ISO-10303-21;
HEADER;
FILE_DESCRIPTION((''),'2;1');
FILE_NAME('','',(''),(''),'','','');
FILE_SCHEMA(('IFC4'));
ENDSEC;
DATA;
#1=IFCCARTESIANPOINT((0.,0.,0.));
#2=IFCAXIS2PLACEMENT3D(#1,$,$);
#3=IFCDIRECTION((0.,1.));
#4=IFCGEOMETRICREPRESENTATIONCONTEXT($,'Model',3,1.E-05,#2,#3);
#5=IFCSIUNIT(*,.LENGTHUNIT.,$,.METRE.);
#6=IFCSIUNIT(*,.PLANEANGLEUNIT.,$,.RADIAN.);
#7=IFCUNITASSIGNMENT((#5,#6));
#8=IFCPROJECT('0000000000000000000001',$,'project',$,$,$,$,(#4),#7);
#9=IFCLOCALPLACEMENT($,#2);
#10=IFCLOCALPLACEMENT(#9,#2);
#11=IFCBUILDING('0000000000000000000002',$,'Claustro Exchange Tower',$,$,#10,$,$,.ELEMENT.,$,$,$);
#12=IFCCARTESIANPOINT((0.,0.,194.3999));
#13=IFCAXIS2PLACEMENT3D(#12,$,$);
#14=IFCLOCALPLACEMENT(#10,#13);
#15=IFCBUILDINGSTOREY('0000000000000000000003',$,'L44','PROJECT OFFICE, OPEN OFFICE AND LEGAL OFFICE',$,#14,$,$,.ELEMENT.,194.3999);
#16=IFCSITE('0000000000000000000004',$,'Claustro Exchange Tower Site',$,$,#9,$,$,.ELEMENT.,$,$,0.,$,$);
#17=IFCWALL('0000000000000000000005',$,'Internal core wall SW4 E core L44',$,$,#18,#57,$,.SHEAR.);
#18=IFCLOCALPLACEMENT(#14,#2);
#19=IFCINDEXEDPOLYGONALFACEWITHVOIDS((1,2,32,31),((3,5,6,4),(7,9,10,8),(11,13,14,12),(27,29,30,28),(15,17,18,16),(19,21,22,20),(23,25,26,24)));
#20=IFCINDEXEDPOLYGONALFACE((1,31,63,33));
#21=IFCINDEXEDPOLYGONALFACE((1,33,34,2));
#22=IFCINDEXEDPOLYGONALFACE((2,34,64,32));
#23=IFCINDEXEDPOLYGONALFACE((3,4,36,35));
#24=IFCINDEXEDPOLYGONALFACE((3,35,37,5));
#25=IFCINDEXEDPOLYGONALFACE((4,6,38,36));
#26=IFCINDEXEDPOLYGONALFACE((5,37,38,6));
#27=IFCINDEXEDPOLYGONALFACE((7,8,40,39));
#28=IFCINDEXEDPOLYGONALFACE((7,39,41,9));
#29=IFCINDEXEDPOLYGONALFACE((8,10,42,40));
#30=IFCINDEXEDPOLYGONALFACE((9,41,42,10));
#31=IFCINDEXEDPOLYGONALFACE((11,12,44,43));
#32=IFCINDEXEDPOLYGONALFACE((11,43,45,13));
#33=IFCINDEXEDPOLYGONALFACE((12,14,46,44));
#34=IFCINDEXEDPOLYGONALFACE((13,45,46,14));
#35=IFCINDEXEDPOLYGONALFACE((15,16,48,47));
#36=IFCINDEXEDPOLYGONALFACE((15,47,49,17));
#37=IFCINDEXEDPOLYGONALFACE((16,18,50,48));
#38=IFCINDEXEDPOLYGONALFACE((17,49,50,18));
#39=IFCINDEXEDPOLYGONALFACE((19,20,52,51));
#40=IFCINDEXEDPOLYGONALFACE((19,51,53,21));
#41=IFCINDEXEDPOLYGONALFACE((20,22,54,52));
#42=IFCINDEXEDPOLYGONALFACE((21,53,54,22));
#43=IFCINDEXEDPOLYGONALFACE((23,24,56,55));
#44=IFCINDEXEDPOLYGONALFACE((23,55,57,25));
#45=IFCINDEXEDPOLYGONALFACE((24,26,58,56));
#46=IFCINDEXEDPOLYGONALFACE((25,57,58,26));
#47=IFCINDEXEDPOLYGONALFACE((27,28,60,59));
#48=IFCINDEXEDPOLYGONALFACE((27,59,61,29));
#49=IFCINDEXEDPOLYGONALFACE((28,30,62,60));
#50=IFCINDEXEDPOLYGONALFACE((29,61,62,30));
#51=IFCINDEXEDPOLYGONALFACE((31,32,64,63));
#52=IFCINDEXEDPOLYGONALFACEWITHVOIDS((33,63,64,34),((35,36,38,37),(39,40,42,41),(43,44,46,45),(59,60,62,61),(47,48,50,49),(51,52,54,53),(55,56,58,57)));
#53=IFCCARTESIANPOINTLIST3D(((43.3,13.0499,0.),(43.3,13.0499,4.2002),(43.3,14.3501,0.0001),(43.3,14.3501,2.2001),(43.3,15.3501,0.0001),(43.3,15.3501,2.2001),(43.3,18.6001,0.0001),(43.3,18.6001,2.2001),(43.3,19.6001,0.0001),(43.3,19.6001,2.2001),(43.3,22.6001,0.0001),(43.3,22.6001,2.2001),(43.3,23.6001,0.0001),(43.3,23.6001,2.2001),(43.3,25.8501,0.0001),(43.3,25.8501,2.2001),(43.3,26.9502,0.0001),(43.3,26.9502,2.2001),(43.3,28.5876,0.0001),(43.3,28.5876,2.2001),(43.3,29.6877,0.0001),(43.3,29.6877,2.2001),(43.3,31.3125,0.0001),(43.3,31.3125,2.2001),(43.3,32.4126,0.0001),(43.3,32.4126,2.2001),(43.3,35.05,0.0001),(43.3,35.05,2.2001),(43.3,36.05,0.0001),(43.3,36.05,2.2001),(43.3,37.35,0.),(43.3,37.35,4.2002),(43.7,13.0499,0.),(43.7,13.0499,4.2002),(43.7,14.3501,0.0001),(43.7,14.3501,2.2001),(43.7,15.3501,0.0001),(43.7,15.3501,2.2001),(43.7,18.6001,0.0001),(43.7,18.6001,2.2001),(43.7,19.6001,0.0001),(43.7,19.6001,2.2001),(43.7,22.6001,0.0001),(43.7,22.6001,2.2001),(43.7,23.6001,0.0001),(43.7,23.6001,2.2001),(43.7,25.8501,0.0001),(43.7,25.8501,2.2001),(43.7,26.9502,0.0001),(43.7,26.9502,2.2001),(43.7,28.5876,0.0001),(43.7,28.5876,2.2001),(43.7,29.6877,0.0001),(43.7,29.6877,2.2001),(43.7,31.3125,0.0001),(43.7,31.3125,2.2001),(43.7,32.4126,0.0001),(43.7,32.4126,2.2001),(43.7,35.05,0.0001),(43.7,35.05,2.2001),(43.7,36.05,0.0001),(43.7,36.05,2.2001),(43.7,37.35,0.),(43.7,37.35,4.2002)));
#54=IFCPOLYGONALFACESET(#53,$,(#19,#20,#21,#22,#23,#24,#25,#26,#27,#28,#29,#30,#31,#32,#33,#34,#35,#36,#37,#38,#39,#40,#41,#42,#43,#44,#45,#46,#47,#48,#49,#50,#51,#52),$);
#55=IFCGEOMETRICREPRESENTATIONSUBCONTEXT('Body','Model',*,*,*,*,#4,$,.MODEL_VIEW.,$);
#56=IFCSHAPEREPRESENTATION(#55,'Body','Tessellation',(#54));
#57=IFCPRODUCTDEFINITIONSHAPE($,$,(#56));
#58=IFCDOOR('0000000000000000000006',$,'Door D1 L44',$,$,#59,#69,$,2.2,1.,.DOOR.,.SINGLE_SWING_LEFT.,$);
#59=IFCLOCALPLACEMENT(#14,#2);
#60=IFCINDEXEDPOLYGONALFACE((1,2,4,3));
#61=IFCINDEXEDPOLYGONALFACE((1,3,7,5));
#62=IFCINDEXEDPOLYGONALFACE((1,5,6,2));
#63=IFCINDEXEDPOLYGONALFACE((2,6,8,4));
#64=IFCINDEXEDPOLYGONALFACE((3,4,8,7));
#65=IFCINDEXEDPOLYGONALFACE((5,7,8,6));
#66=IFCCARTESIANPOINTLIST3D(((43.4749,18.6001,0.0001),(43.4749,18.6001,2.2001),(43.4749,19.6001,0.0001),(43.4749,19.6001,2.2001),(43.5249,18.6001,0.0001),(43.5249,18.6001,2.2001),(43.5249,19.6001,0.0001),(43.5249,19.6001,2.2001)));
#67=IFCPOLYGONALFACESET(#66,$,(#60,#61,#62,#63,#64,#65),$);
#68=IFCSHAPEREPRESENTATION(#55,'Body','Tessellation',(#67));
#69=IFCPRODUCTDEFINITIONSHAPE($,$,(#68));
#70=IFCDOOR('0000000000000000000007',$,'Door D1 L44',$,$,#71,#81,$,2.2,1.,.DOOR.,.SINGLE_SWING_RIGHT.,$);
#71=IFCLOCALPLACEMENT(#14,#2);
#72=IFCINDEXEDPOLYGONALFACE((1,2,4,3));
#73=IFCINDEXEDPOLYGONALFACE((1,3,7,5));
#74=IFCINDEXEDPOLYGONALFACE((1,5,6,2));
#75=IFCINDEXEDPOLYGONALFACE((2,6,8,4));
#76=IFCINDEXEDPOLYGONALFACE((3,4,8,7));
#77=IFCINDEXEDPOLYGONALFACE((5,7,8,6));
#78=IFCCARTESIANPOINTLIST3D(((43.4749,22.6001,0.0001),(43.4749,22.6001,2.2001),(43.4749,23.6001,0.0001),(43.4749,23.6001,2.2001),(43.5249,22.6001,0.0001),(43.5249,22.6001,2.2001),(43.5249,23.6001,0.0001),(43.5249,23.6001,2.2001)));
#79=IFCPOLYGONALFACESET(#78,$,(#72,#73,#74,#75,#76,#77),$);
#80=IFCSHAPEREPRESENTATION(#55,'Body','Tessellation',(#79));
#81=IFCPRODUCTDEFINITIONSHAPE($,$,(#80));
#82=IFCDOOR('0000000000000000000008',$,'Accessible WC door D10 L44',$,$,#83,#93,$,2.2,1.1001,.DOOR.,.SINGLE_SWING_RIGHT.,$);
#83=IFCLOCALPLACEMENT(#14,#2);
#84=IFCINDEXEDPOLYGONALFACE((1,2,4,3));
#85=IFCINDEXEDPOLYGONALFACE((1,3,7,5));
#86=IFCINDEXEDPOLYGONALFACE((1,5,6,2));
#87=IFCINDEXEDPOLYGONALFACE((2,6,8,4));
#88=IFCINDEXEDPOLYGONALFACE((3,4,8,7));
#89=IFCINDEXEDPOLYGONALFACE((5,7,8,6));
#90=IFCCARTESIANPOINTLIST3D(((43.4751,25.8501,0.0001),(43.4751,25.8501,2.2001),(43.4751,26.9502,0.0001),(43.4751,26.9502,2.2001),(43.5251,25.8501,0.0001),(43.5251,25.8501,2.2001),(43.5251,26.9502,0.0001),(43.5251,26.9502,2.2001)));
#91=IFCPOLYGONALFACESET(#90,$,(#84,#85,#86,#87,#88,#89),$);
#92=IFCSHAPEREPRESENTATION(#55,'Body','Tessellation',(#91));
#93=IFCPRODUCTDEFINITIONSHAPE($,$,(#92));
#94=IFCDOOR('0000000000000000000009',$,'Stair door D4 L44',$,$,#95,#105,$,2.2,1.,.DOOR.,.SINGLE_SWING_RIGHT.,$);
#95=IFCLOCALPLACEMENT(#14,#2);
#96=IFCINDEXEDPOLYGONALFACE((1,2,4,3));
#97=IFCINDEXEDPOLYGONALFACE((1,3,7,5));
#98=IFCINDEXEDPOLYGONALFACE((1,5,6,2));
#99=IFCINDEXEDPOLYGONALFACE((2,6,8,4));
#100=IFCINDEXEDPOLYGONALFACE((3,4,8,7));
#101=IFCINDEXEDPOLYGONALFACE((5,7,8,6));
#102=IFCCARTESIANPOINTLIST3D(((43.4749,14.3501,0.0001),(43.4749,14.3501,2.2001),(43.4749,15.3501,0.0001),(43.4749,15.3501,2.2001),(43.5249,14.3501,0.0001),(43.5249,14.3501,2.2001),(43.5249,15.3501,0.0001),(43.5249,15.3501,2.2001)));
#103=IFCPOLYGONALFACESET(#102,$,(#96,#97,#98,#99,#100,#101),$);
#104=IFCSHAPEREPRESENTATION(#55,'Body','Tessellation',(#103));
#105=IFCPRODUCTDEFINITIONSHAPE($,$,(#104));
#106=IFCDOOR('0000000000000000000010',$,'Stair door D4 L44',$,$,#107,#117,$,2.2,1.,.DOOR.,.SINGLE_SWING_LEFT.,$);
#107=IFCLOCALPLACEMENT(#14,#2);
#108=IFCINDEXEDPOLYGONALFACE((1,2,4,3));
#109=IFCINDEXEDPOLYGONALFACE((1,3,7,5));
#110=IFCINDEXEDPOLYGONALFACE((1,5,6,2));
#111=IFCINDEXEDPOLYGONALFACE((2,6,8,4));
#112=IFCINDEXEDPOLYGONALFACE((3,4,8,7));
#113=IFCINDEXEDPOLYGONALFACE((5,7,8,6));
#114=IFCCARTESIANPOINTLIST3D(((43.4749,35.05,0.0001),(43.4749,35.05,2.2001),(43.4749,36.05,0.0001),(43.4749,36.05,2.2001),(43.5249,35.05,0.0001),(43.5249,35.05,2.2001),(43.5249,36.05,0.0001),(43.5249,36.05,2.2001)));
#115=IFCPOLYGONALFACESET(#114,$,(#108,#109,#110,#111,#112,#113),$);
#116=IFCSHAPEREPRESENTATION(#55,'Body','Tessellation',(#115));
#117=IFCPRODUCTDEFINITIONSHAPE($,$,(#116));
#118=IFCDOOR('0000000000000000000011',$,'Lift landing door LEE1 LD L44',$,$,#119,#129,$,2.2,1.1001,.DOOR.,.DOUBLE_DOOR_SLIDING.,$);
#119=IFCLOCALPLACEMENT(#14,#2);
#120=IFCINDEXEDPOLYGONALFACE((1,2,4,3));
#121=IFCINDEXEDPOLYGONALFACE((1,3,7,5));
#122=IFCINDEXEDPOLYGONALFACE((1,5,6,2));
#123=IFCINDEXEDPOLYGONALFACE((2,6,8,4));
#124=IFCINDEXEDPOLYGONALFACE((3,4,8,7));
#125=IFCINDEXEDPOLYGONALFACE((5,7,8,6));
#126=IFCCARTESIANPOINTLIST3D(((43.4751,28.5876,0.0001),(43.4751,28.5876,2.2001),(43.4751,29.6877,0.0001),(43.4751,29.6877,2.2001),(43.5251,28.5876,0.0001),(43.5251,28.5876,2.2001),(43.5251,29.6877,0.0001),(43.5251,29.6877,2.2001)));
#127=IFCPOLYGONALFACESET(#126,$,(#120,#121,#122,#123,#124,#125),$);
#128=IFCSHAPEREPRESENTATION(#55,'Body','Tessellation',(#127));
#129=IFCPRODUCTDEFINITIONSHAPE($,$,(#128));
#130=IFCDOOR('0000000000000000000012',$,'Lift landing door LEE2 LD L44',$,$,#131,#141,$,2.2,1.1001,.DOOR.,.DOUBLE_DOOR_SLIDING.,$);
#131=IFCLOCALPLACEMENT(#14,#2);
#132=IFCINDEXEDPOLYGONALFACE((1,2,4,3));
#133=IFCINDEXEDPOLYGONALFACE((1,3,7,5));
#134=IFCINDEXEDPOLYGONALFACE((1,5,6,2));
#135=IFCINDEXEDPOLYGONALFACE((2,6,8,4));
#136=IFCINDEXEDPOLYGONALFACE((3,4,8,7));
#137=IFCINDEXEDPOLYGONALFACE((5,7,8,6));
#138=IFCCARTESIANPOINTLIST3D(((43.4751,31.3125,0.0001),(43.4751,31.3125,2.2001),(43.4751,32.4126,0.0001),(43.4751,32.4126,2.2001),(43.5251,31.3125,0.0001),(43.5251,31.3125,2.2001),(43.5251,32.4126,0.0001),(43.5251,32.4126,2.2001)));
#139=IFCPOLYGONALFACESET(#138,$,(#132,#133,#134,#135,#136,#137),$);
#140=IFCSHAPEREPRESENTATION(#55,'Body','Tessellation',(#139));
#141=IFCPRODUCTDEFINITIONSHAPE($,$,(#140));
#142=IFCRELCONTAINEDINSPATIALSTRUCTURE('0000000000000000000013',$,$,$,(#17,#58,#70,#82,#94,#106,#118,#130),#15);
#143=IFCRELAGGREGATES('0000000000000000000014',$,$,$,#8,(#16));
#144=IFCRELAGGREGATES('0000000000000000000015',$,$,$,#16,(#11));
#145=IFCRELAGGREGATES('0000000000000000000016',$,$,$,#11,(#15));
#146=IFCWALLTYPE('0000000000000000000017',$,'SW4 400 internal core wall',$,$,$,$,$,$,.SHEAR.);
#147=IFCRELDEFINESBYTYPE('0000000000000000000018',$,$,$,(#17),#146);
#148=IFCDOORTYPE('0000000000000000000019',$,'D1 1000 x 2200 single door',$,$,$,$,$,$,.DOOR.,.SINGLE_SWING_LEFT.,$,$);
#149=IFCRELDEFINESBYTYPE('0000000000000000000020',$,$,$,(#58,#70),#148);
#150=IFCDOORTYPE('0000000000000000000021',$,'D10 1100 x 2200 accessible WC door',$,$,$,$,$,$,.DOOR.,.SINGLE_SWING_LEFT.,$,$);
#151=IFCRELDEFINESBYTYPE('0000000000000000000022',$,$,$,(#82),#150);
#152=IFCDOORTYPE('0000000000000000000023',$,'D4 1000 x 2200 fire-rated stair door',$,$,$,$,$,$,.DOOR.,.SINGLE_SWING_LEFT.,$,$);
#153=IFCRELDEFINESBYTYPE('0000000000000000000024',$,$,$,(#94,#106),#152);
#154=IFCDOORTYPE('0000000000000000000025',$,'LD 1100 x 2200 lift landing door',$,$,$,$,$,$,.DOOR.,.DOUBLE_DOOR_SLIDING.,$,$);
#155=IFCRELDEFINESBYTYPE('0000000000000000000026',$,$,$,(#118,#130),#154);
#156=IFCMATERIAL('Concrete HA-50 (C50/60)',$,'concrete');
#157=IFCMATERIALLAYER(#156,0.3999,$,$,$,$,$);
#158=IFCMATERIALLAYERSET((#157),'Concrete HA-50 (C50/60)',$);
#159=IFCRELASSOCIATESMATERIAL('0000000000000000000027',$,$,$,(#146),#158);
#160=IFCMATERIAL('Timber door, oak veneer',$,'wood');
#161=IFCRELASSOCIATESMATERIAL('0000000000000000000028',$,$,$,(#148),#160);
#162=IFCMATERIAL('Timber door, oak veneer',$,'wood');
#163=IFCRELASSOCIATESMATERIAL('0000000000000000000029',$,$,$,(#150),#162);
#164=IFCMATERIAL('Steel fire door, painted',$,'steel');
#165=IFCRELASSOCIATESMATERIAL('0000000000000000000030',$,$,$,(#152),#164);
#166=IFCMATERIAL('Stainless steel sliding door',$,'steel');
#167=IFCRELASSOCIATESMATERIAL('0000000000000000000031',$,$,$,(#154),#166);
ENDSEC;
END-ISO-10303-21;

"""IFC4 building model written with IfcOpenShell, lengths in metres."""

from ifc_helpers import new_model, si_unit, direction, frame, frame_2d, origin, place, context, subcontext, project, spatial, rectangle, extrude, material, layer, layer_set, type_object, element, fill, save


model = new_model("IFC4")

# Units and contexts
model_context = context("Model", 3, precision=1e-05, world=origin(), true_north=direction((0.0, 1.0)))
body_context = subcontext(model_context, "Body", "Model", "MODEL_VIEW")
ifc_project = project(units=[si_unit("LENGTHUNIT", "METRE"), si_unit("PLANEANGLEUNIT", "RADIAN")], contexts=[model_context])

# Site, building, storey
site_placement = place(None, origin())
site = spatial("IfcSite", under=ifc_project, at=site_placement, Name="Claustro Exchange Tower Site", CompositionType="ELEMENT", RefElevation=0.0)
building_placement = place(site_placement, origin())
building = spatial("IfcBuilding", under=site, at=building_placement, Name="Claustro Exchange Tower", CompositionType="ELEMENT")
storey_placement = place(building_placement, frame((0.0, 0.0, 194.3999)))
storey = spatial("IfcBuildingStorey", under=building, at=storey_placement, Name="L44", Description="PROJECT OFFICE, OPEN OFFICE AND LEGAL OFFICE", CompositionType="ELEMENT", Elevation=194.3999)

# Wall, openings, doors
ifc_material_1 = material(Name="Concrete HA-50 (C50/60)", Category="concrete")
ifc_layer_1 = layer(ifc_material_1, 0.3999)
ifc_layer_set_1 = layer_set([ifc_layer_1], Name="Concrete HA-50 (C50/60)")
wall_type_1 = type_object("IfcWallType", Name="SW4 400 internal core wall", PredefinedType="SHEAR", material=ifc_layer_set_1)
wall_1_placement = place(storey_placement, frame((43.5, 13.05, 0.0), z_axis=(0.0, 0.0, 1.0), x_axis=(0.0, 1.0, 0.0)))
wall_1 = element("IfcWall", 1, at=wall_1_placement, inside=storey, type_object=wall_type_1, Name="Internal core wall SW4 E core L44", PredefinedType="SHEAR", context=body_context, shape_type="SweptSolid", body=[
    extrude(rectangle(XDim=24.3, YDim=0.3999, at=frame_2d((12.1499, 0.0))), origin(), (0.0, 0.0, 1.0), 4.2002),
])
opening_1_placement = place(wall_1_placement, frame((1.3, 0.0, 0.0)))
opening_1 = element("IfcOpeningElement", 2, at=opening_1_placement, cuts=wall_1, PredefinedType="OPENING", context=body_context, shape_type="SweptSolid", body=[
    extrude(rectangle(XDim=1.0, YDim=2.2, at=frame_2d((0.5, 1.1001))), frame((0.0, 0.21, 0.0), z_axis=(0.0, -1.0, 0.0), x_axis=(1.0, 0.0, 0.0)), (0.0, 0.0, 1.0), 0.4199),
])
opening_2_placement = place(wall_1_placement, frame((22.0, 0.0, 0.0)))
opening_2 = element("IfcOpeningElement", 3, at=opening_2_placement, cuts=wall_1, PredefinedType="OPENING", context=body_context, shape_type="SweptSolid", body=[
    extrude(rectangle(XDim=1.0, YDim=2.2, at=frame_2d((0.5, 1.1001))), frame((0.0, 0.21, 0.0), z_axis=(0.0, -1.0, 0.0), x_axis=(1.0, 0.0, 0.0)), (0.0, 0.0, 1.0), 0.4199),
])
opening_3_placement = place(wall_1_placement, frame((5.55, 0.0, 0.0)))
opening_3 = element("IfcOpeningElement", 4, at=opening_3_placement, cuts=wall_1, PredefinedType="OPENING", context=body_context, shape_type="SweptSolid", body=[
    extrude(rectangle(XDim=1.0, YDim=2.2, at=frame_2d((0.5, 1.1001))), frame((0.0, 0.21, 0.0), z_axis=(0.0, -1.0, 0.0), x_axis=(1.0, 0.0, 0.0)), (0.0, 0.0, 1.0), 0.4199),
])
opening_4_placement = place(wall_1_placement, frame((9.55, 0.0, 0.0)))
opening_4 = element("IfcOpeningElement", 5, at=opening_4_placement, cuts=wall_1, PredefinedType="OPENING", context=body_context, shape_type="SweptSolid", body=[
    extrude(rectangle(XDim=1.0, YDim=2.2, at=frame_2d((0.5, 1.1001))), frame((0.0, 0.21, 0.0), z_axis=(0.0, -1.0, 0.0), x_axis=(1.0, 0.0, 0.0)), (0.0, 0.0, 1.0), 0.4199),
])
opening_5_placement = place(wall_1_placement, frame((12.8, 0.0, 0.0)))
opening_5 = element("IfcOpeningElement", 6, at=opening_5_placement, cuts=wall_1, PredefinedType="OPENING", context=body_context, shape_type="SweptSolid", body=[
    extrude(rectangle(XDim=1.1001, YDim=2.2, at=frame_2d((0.55, 1.1001))), frame((0.0, 0.21, 0.0), z_axis=(0.0, -1.0, 0.0), x_axis=(1.0, 0.0, 0.0)), (0.0, 0.0, 1.0), 0.4199),
])
opening_6_placement = place(wall_1_placement, frame((15.5376, 0.0, 0.0)))
opening_6 = element("IfcOpeningElement", 7, at=opening_6_placement, cuts=wall_1, PredefinedType="OPENING", context=body_context, shape_type="SweptSolid", body=[
    extrude(rectangle(XDim=1.1001, YDim=2.2, at=frame_2d((0.55, 1.1001))), frame((0.0, 0.21, 0.0), z_axis=(0.0, -1.0, 0.0), x_axis=(1.0, 0.0, 0.0)), (0.0, 0.0, 1.0), 0.4199),
])
opening_7_placement = place(wall_1_placement, frame((18.2625, 0.0, 0.0)))
opening_7 = element("IfcOpeningElement", 8, at=opening_7_placement, cuts=wall_1, PredefinedType="OPENING", context=body_context, shape_type="SweptSolid", body=[
    extrude(rectangle(XDim=1.1001, YDim=2.2, at=frame_2d((0.55, 1.1001))), frame((0.0, 0.21, 0.0), z_axis=(0.0, -1.0, 0.0), x_axis=(1.0, 0.0, 0.0)), (0.0, 0.0, 1.0), 0.4199),
])
ifc_material_2 = material(Name="Timber door, oak veneer", Category="wood")
door_type_1 = type_object("IfcDoorType", Name="D1 1000 x 2200 single door", OperationType="SINGLE_SWING_LEFT", PredefinedType="DOOR", material=ifc_material_2)
door_1_placement = place(opening_3_placement, frame((1.0, 0.0, 0.0), z_axis=(0.0, 0.0, 1.0), x_axis=(-1.0, 0.0, 0.0)))
door_1 = element("IfcDoor", 9, at=door_1_placement, inside=storey, type_object=door_type_1, Name="Door D1 L44", OperationType="SINGLE_SWING_LEFT", OverallHeight=2.2, OverallWidth=1.0, PredefinedType="DOOR", context=body_context, shape_type="SweptSolid", body=[
    extrude(rectangle(XDim=1.0, YDim=2.2, at=frame_2d((0.5, 1.1001))), frame((0.0, 0.0249, 0.0), z_axis=(0.0, -1.0, 0.0), x_axis=(1.0, 0.0, 0.0)), (0.0, 0.0, 1.0), 0.05),
])
fill(opening_3, door_1)
door_2_placement = place(opening_4_placement, frame((1.0, 0.0, 0.0), z_axis=(0.0, 0.0, 1.0), x_axis=(-1.0, 0.0, 0.0)))
door_2 = element("IfcDoor", 10, at=door_2_placement, inside=storey, type_object=door_type_1, Name="Door D1 L44", OperationType="SINGLE_SWING_RIGHT", OverallHeight=2.2, OverallWidth=1.0, PredefinedType="DOOR", context=body_context, shape_type="SweptSolid", body=[
    extrude(rectangle(XDim=1.0, YDim=2.2, at=frame_2d((0.5, 1.1001))), frame((0.0, 0.0249, 0.0), z_axis=(0.0, -1.0, 0.0), x_axis=(1.0, 0.0, 0.0)), (0.0, 0.0, 1.0), 0.05),
])
fill(opening_4, door_2)
ifc_material_3 = material(Name="Timber door, oak veneer", Category="wood")
door_type_2 = type_object("IfcDoorType", Name="D10 1100 x 2200 accessible WC door", OperationType="SINGLE_SWING_LEFT", PredefinedType="DOOR", material=ifc_material_3)
door_3_placement = place(opening_5_placement, origin())
door_3 = element("IfcDoor", 11, at=door_3_placement, inside=storey, type_object=door_type_2, Name="Accessible WC door D10 L44", OperationType="SINGLE_SWING_RIGHT", OverallHeight=2.2, OverallWidth=1.1001, PredefinedType="DOOR", context=body_context, shape_type="SweptSolid", body=[
    extrude(rectangle(XDim=1.1001, YDim=2.2, at=frame_2d((0.55, 1.1001))), frame((0.0, 0.0249, 0.0), z_axis=(0.0, -1.0, 0.0), x_axis=(1.0, 0.0, 0.0)), (0.0, 0.0, 1.0), 0.05),
])
fill(opening_5, door_3)
ifc_material_4 = material(Name="Steel fire door, painted", Category="steel")
door_type_3 = type_object("IfcDoorType", Name="D4 1000 x 2200 fire-rated stair door", OperationType="SINGLE_SWING_LEFT", PredefinedType="DOOR", material=ifc_material_4)
door_4_placement = place(opening_1_placement, frame((1.0, 0.0, 0.0), z_axis=(0.0, 0.0, 1.0), x_axis=(-1.0, 0.0, 0.0)))
door_4 = element("IfcDoor", 12, at=door_4_placement, inside=storey, type_object=door_type_3, Name="Stair door D4 L44", OperationType="SINGLE_SWING_RIGHT", OverallHeight=2.2, OverallWidth=1.0, PredefinedType="DOOR", context=body_context, shape_type="SweptSolid", body=[
    extrude(rectangle(XDim=1.0, YDim=2.2, at=frame_2d((0.5, 1.1001))), frame((0.0, 0.0249, 0.0), z_axis=(0.0, -1.0, 0.0), x_axis=(1.0, 0.0, 0.0)), (0.0, 0.0, 1.0), 0.05),
])
fill(opening_1, door_4)
door_5_placement = place(opening_2_placement, frame((1.0, 0.0, 0.0), z_axis=(0.0, 0.0, 1.0), x_axis=(-1.0, 0.0, 0.0)))
door_5 = element("IfcDoor", 13, at=door_5_placement, inside=storey, type_object=door_type_3, Name="Stair door D4 L44", OperationType="SINGLE_SWING_LEFT", OverallHeight=2.2, OverallWidth=1.0, PredefinedType="DOOR", context=body_context, shape_type="SweptSolid", body=[
    extrude(rectangle(XDim=1.0, YDim=2.2, at=frame_2d((0.5, 1.1001))), frame((0.0, 0.0249, 0.0), z_axis=(0.0, -1.0, 0.0), x_axis=(1.0, 0.0, 0.0)), (0.0, 0.0, 1.0), 0.05),
])
fill(opening_2, door_5)
ifc_material_5 = material(Name="Stainless steel sliding door", Category="steel")
door_type_4 = type_object("IfcDoorType", Name="LD 1100 x 2200 lift landing door", OperationType="DOUBLE_DOOR_SLIDING", PredefinedType="DOOR", material=ifc_material_5)
door_6_placement = place(opening_6_placement, origin())
door_6 = element("IfcDoor", 14, at=door_6_placement, inside=storey, type_object=door_type_4, Name="Lift landing door LEE1 LD L44", OperationType="DOUBLE_DOOR_SLIDING", OverallHeight=2.2, OverallWidth=1.1001, PredefinedType="DOOR", context=body_context, shape_type="SweptSolid", body=[
    extrude(rectangle(XDim=1.1001, YDim=2.2, at=frame_2d((0.55, 1.1001))), frame((0.0, 0.0249, 0.0), z_axis=(0.0, -1.0, 0.0), x_axis=(1.0, 0.0, 0.0)), (0.0, 0.0, 1.0), 0.05),
])
fill(opening_6, door_6)
door_7_placement = place(opening_7_placement, origin())
door_7 = element("IfcDoor", 15, at=door_7_placement, inside=storey, type_object=door_type_4, Name="Lift landing door LEE2 LD L44", OperationType="DOUBLE_DOOR_SLIDING", OverallHeight=2.2, OverallWidth=1.1001, PredefinedType="DOOR", context=body_context, shape_type="SweptSolid", body=[
    extrude(rectangle(XDim=1.1001, YDim=2.2, at=frame_2d((0.55, 1.1001))), frame((0.0, 0.0249, 0.0), z_axis=(0.0, -1.0, 0.0), x_axis=(1.0, 0.0, 0.0)), (0.0, 0.0, 1.0), 0.05),
])
fill(opening_7, door_7)

save(model, "model.ifc")
